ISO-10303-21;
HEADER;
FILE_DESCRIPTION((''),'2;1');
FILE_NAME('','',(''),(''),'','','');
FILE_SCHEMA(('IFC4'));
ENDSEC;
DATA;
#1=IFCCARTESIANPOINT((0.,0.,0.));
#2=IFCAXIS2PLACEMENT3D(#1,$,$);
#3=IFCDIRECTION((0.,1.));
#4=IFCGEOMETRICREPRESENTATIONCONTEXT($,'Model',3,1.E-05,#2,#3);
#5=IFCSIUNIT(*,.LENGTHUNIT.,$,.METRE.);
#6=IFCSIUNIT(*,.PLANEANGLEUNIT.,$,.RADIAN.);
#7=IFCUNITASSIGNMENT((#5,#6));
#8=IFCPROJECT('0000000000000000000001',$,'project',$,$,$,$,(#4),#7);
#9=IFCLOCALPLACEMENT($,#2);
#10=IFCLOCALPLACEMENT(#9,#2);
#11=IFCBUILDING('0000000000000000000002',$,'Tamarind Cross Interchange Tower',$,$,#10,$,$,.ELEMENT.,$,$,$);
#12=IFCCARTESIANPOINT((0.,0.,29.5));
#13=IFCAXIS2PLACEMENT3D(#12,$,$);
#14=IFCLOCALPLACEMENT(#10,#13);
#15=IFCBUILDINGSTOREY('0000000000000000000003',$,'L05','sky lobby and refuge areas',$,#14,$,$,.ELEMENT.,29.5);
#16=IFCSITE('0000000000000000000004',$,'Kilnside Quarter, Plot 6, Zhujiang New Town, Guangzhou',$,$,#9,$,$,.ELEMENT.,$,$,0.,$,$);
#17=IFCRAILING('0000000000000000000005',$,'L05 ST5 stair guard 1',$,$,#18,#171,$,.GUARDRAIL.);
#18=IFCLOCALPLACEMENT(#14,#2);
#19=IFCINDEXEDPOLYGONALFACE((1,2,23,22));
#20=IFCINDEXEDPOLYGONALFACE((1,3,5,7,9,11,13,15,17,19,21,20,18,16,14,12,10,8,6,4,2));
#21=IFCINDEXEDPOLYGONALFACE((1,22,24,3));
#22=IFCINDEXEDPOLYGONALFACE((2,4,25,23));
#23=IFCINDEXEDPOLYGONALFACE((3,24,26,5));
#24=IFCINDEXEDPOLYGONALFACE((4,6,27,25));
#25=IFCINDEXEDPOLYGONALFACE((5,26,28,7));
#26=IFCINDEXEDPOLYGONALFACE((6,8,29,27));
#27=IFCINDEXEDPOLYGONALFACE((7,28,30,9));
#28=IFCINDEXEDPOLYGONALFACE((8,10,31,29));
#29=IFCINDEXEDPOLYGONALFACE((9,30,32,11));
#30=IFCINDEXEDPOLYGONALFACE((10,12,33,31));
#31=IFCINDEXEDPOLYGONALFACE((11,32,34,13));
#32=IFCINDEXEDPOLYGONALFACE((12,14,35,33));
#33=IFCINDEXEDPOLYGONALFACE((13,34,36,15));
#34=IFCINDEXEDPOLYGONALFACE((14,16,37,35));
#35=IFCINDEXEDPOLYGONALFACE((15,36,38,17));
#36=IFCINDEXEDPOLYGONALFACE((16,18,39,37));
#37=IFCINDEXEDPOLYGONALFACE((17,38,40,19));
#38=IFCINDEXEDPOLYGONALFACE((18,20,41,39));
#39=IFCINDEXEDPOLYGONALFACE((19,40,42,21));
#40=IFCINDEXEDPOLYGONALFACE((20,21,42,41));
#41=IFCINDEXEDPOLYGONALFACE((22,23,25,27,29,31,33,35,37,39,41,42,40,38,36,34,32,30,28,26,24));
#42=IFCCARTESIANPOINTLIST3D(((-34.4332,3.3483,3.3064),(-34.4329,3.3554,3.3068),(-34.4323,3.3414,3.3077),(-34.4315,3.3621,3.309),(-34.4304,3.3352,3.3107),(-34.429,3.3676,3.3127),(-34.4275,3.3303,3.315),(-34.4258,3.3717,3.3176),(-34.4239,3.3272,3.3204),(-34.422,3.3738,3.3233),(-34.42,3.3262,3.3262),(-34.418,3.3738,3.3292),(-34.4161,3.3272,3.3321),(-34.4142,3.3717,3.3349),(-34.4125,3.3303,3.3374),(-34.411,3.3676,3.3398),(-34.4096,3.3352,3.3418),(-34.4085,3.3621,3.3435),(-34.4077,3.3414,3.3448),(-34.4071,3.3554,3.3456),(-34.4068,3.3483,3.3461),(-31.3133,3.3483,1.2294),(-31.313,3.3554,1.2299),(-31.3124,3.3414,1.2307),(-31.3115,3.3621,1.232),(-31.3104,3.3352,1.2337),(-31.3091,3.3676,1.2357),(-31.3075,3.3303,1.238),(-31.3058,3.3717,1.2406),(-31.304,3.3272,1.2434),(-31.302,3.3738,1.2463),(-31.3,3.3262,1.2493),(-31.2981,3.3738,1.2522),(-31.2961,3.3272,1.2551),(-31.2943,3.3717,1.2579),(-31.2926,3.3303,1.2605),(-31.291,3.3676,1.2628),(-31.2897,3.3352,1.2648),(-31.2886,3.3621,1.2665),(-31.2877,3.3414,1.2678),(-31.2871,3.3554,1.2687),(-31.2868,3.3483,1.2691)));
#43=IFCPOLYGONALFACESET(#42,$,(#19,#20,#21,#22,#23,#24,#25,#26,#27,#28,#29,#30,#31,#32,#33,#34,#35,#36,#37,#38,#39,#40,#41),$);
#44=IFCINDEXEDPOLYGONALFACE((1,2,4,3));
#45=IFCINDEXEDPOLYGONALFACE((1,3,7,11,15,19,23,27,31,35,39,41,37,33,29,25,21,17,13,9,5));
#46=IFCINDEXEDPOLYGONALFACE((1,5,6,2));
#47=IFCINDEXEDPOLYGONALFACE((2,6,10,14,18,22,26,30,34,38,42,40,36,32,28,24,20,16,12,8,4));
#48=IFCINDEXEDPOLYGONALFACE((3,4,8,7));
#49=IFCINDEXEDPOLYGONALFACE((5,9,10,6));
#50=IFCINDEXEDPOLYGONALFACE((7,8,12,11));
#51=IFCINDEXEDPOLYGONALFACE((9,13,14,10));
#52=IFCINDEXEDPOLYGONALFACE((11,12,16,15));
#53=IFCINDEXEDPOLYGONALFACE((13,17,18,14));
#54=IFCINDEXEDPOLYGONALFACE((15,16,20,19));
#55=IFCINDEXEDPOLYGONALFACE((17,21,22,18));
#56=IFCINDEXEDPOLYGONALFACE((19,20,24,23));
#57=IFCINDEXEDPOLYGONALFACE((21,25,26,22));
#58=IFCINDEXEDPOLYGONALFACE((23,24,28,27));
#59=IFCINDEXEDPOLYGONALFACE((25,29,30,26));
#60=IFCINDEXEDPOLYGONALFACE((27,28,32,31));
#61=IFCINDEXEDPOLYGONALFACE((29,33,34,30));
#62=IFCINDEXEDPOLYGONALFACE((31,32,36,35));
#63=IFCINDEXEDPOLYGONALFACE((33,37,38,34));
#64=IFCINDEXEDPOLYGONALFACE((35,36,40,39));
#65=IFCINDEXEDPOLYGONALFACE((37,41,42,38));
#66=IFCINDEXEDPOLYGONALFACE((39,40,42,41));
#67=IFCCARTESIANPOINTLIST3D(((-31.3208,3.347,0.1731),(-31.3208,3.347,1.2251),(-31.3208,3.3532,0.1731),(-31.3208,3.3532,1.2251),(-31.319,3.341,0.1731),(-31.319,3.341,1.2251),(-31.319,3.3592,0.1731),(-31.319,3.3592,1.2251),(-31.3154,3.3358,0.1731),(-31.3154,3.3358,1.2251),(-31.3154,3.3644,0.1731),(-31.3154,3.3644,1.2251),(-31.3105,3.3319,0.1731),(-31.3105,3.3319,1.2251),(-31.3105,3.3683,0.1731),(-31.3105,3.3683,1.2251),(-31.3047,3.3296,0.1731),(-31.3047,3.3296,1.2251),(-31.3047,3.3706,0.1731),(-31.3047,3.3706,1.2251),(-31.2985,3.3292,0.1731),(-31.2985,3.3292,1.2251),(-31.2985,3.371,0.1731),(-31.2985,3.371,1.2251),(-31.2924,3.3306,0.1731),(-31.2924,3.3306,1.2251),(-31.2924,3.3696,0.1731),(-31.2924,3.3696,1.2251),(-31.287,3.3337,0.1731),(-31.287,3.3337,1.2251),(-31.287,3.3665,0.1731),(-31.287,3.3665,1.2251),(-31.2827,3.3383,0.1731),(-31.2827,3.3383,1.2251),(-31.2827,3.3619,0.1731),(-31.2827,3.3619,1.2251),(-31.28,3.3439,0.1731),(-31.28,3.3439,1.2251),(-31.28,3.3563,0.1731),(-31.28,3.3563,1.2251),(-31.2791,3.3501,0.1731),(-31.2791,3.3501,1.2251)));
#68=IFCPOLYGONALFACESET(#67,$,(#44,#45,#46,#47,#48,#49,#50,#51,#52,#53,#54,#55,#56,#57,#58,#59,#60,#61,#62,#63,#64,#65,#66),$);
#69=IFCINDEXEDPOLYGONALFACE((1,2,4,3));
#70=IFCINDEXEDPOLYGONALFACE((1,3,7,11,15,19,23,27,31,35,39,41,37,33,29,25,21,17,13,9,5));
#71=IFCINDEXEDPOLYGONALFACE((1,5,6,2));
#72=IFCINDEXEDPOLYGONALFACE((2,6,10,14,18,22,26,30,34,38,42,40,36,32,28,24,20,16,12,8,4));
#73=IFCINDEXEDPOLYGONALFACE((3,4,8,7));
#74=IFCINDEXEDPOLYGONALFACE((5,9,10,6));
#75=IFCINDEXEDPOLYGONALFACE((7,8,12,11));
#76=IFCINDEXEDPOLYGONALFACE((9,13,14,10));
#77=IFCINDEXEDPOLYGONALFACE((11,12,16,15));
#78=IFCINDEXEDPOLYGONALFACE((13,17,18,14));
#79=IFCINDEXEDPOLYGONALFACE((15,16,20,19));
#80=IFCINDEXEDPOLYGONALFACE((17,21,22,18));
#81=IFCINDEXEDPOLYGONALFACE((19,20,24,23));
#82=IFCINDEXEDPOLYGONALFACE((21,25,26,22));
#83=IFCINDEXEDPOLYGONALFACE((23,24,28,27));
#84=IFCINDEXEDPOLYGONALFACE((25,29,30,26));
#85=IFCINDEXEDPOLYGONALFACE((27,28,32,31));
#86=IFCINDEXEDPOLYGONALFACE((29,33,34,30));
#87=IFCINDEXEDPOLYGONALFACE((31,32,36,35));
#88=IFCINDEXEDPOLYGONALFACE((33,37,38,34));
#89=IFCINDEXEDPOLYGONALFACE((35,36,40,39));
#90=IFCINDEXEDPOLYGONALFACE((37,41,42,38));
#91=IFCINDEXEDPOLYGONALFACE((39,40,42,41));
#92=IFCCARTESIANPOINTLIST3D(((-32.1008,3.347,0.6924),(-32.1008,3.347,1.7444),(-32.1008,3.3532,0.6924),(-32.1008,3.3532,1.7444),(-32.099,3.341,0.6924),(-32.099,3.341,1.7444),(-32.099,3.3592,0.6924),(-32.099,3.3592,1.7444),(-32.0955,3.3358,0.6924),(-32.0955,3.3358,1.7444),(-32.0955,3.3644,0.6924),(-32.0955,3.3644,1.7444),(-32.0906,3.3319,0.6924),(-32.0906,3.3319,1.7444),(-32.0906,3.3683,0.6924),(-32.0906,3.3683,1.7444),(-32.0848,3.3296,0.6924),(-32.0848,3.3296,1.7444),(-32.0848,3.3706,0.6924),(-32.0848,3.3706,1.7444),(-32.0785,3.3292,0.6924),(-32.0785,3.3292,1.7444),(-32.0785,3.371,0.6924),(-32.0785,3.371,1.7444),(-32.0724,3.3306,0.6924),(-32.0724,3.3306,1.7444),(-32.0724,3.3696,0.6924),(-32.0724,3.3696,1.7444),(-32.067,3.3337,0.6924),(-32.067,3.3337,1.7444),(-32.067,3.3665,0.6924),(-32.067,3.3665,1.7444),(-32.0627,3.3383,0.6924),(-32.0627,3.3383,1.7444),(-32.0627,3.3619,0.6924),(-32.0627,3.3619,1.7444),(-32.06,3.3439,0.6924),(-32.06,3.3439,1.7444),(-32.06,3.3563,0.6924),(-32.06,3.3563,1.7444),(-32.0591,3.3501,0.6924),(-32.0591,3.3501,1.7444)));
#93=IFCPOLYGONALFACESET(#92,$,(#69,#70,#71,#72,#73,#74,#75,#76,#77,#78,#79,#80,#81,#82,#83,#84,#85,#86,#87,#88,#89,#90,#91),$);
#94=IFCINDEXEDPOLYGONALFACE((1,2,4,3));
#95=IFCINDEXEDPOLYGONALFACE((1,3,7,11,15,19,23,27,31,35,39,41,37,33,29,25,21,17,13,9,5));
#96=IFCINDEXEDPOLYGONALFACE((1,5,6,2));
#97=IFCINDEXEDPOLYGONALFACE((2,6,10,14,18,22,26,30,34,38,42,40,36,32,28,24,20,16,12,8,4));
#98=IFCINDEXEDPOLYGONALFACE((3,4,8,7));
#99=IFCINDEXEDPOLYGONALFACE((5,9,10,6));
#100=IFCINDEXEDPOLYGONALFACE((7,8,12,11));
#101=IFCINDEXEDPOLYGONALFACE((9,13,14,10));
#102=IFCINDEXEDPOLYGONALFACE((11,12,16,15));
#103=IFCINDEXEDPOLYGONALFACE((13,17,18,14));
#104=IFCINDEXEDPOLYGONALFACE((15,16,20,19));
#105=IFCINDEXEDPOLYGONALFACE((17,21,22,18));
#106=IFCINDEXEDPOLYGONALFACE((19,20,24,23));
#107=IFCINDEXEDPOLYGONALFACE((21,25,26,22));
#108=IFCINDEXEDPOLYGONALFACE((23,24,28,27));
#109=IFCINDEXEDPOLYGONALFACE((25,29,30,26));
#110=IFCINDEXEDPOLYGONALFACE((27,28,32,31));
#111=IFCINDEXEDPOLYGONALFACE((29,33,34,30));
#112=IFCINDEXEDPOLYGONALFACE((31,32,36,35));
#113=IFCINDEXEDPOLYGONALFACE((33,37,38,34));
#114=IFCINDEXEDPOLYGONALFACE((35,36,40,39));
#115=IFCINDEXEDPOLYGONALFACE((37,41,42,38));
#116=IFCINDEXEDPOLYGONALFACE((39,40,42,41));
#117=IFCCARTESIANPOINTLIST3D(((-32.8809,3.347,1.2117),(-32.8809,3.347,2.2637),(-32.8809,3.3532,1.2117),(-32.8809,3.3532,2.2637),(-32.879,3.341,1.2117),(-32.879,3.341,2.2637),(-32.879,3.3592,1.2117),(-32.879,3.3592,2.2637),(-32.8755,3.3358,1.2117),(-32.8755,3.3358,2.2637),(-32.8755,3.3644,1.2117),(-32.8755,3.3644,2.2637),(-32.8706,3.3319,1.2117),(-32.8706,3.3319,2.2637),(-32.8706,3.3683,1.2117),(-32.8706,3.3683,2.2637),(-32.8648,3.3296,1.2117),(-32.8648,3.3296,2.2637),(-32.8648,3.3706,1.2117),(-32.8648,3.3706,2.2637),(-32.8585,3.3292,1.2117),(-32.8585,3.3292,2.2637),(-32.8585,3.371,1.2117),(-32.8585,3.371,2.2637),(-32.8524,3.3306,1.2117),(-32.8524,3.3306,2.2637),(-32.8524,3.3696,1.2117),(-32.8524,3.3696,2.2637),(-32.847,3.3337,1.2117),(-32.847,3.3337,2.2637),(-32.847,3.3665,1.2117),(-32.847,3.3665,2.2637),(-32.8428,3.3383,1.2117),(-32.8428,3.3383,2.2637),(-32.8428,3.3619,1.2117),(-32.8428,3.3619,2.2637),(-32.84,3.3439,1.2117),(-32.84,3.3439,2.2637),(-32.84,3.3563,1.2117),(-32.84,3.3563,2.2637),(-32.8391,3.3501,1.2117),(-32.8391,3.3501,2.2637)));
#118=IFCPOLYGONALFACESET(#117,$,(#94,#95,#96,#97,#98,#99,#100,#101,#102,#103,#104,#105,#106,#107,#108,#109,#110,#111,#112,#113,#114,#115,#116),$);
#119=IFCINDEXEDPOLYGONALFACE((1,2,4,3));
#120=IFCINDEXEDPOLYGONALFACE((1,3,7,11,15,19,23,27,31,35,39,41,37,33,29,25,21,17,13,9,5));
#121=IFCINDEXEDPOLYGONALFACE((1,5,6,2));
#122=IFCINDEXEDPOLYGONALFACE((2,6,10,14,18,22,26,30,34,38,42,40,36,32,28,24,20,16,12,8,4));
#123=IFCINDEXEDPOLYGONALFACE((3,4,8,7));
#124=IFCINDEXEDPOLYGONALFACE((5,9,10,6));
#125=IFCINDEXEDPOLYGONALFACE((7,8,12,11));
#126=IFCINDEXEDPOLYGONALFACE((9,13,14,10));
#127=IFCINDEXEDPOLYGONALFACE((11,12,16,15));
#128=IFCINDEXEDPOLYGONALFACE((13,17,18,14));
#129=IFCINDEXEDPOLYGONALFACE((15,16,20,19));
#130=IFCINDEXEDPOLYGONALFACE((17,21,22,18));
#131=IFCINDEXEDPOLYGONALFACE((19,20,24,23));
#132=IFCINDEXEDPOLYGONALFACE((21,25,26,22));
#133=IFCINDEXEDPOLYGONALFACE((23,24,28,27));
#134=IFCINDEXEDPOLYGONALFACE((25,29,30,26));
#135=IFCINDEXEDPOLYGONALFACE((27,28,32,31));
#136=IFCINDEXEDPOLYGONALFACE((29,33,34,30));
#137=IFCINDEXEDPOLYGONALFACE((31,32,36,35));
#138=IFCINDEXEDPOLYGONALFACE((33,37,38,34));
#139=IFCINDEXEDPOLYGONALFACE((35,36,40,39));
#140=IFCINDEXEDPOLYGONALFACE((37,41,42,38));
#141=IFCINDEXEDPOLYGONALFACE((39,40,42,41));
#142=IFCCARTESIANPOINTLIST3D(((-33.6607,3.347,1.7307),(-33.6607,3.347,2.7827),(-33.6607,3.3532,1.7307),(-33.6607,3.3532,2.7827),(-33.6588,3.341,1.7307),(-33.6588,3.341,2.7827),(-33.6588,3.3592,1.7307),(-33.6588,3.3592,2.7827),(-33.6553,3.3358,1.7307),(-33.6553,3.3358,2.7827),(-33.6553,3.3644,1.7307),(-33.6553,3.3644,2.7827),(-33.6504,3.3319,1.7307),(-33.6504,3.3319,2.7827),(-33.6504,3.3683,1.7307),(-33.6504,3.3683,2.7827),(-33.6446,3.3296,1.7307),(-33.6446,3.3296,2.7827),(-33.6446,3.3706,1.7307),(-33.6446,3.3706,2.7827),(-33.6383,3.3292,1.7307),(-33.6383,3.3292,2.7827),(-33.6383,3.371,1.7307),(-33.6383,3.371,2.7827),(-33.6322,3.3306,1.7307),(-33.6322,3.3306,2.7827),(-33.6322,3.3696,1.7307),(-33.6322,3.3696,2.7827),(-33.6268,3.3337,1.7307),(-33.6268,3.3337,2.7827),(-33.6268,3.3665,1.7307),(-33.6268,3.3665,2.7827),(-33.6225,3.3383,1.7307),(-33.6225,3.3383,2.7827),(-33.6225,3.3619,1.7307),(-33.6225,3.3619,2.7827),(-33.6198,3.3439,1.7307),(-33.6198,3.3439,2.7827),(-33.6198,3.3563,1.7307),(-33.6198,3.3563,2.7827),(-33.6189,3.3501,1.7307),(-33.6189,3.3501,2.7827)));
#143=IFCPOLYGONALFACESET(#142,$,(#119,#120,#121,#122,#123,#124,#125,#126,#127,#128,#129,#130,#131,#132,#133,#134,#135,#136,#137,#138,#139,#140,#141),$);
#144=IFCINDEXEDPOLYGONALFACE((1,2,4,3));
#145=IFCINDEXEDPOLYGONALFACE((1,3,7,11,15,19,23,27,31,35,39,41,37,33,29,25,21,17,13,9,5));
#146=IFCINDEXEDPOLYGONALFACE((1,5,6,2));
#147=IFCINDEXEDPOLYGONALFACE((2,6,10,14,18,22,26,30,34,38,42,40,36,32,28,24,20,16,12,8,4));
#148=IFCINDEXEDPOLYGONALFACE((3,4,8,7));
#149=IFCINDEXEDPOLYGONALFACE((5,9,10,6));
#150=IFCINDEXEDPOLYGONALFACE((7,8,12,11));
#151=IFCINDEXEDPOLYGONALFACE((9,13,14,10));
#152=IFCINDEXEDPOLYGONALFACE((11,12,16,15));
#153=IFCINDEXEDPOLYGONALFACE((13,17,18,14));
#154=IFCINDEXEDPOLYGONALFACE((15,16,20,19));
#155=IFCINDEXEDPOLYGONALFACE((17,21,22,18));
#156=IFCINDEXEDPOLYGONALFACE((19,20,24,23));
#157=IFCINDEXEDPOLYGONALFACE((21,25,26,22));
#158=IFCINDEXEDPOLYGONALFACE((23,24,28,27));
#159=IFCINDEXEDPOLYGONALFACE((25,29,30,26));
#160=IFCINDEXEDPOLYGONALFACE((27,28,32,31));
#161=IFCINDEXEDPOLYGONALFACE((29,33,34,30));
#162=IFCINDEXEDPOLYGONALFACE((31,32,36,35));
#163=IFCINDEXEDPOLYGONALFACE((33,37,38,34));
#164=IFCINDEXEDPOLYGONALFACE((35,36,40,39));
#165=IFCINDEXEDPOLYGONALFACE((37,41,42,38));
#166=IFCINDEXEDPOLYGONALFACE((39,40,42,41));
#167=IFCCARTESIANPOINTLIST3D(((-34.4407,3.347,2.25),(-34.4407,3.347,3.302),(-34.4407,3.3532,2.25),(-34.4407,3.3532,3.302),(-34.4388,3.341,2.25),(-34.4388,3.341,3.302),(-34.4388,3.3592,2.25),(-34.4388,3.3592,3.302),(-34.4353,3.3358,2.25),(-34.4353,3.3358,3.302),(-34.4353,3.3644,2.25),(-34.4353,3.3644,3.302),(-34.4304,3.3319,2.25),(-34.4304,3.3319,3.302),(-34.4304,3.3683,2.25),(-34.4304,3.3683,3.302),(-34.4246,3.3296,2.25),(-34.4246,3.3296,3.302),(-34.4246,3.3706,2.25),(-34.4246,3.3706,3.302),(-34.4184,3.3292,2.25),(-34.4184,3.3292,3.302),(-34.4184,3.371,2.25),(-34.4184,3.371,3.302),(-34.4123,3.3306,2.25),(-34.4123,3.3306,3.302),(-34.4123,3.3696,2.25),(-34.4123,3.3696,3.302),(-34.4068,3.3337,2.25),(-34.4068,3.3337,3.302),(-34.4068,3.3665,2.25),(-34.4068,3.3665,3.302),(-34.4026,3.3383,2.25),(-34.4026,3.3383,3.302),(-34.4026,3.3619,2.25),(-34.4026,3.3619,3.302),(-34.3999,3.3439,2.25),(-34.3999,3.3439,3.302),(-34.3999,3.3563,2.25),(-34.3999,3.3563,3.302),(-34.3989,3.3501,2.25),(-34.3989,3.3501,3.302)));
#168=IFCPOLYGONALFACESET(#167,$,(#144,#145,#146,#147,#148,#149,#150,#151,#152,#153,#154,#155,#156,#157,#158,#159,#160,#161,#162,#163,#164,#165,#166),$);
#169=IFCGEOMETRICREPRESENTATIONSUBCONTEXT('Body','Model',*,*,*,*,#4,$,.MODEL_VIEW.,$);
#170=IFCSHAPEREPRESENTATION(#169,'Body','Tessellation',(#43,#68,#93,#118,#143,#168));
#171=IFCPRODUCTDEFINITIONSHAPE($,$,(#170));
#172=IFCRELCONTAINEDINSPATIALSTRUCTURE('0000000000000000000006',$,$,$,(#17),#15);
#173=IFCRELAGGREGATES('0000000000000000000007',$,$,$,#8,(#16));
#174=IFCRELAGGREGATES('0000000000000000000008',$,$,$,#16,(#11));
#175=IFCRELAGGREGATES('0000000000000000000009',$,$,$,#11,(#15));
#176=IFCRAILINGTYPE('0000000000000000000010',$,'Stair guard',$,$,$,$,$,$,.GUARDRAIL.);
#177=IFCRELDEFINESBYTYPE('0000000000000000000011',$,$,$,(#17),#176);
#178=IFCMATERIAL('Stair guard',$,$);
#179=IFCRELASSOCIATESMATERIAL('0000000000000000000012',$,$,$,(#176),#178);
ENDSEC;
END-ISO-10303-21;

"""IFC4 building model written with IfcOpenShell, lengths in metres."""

from ifc_helpers import new_model, si_unit, direction, frame, origin, origin_2d, place, context, subcontext, project, spatial, circle, extrude, material, type_object, element, save


model = new_model("IFC4")

# Units and contexts
model_context = context("Model", 3, precision=1e-05, world=origin(), true_north=direction((0.0, 1.0)))
body_context = subcontext(model_context, "Body", "Model", "MODEL_VIEW")
ifc_project = project(units=[si_unit("LENGTHUNIT", "METRE"), si_unit("PLANEANGLEUNIT", "RADIAN")], contexts=[model_context])

# Site, building, storey
site_placement = place(None, origin())
site = spatial("IfcSite", under=ifc_project, at=site_placement, Name="Kilnside Quarter, Plot 6, Zhujiang New Town, Guangzhou", CompositionType="ELEMENT", RefElevation=0.0)
building_placement = place(site_placement, origin())
building = spatial("IfcBuilding", under=site, at=building_placement, Name="Tamarind Cross Interchange Tower", CompositionType="ELEMENT")
storey_placement = place(building_placement, frame((0.0, 0.0, 29.5)))
storey = spatial("IfcBuildingStorey", under=building, at=storey_placement, Name="L05", Description="sky lobby and refuge areas", CompositionType="ELEMENT", Elevation=29.5)

# Railing
ifc_material_1 = material(Name="Stair guard")
railing_type_1 = type_object("IfcRailingType", Name="Stair guard", PredefinedType="GUARDRAIL", material=ifc_material_1)
railing_1_placement = place(storey_placement, frame((-31.3, 3.3501, 0.1731)))
element("IfcRailing", 1, at=railing_1_placement, inside=storey, type_object=railing_type_1, Name="L05 ST5 stair guard 1", PredefinedType="GUARDRAIL", context=body_context, shape_type="SweptSolid", body=[
    extrude(circle(Radius=0.0239, at=origin_2d()), frame((0.0, 0.0, 1.0762), z_axis=(-0.832421, 0.0, 0.554144), x_axis=(0.0, -1.0, 0.0)), (0.0, 0.0, 1.0), 3.748),
    extrude(circle(Radius=0.021, at=origin_2d()), origin(), (0.0, 0.0, 1.0), 1.052),
    extrude(circle(Radius=0.021, at=origin_2d()), frame((-0.78, 0.0, 0.5193)), (0.0, 0.0, 1.0), 1.052),
    extrude(circle(Radius=0.021, at=origin_2d()), frame((-1.5601, 0.0, 1.0386)), (0.0, 0.0, 1.0), 1.052),
    extrude(circle(Radius=0.021, at=origin_2d()), frame((-2.3398, 0.0, 1.5576)), (0.0, 0.0, 1.0), 1.052),
    extrude(circle(Radius=0.021, at=origin_2d()), frame((-3.1199, 0.0, 2.0769)), (0.0, 0.0, 1.0), 1.052),
])

save(model, "model.ifc")
